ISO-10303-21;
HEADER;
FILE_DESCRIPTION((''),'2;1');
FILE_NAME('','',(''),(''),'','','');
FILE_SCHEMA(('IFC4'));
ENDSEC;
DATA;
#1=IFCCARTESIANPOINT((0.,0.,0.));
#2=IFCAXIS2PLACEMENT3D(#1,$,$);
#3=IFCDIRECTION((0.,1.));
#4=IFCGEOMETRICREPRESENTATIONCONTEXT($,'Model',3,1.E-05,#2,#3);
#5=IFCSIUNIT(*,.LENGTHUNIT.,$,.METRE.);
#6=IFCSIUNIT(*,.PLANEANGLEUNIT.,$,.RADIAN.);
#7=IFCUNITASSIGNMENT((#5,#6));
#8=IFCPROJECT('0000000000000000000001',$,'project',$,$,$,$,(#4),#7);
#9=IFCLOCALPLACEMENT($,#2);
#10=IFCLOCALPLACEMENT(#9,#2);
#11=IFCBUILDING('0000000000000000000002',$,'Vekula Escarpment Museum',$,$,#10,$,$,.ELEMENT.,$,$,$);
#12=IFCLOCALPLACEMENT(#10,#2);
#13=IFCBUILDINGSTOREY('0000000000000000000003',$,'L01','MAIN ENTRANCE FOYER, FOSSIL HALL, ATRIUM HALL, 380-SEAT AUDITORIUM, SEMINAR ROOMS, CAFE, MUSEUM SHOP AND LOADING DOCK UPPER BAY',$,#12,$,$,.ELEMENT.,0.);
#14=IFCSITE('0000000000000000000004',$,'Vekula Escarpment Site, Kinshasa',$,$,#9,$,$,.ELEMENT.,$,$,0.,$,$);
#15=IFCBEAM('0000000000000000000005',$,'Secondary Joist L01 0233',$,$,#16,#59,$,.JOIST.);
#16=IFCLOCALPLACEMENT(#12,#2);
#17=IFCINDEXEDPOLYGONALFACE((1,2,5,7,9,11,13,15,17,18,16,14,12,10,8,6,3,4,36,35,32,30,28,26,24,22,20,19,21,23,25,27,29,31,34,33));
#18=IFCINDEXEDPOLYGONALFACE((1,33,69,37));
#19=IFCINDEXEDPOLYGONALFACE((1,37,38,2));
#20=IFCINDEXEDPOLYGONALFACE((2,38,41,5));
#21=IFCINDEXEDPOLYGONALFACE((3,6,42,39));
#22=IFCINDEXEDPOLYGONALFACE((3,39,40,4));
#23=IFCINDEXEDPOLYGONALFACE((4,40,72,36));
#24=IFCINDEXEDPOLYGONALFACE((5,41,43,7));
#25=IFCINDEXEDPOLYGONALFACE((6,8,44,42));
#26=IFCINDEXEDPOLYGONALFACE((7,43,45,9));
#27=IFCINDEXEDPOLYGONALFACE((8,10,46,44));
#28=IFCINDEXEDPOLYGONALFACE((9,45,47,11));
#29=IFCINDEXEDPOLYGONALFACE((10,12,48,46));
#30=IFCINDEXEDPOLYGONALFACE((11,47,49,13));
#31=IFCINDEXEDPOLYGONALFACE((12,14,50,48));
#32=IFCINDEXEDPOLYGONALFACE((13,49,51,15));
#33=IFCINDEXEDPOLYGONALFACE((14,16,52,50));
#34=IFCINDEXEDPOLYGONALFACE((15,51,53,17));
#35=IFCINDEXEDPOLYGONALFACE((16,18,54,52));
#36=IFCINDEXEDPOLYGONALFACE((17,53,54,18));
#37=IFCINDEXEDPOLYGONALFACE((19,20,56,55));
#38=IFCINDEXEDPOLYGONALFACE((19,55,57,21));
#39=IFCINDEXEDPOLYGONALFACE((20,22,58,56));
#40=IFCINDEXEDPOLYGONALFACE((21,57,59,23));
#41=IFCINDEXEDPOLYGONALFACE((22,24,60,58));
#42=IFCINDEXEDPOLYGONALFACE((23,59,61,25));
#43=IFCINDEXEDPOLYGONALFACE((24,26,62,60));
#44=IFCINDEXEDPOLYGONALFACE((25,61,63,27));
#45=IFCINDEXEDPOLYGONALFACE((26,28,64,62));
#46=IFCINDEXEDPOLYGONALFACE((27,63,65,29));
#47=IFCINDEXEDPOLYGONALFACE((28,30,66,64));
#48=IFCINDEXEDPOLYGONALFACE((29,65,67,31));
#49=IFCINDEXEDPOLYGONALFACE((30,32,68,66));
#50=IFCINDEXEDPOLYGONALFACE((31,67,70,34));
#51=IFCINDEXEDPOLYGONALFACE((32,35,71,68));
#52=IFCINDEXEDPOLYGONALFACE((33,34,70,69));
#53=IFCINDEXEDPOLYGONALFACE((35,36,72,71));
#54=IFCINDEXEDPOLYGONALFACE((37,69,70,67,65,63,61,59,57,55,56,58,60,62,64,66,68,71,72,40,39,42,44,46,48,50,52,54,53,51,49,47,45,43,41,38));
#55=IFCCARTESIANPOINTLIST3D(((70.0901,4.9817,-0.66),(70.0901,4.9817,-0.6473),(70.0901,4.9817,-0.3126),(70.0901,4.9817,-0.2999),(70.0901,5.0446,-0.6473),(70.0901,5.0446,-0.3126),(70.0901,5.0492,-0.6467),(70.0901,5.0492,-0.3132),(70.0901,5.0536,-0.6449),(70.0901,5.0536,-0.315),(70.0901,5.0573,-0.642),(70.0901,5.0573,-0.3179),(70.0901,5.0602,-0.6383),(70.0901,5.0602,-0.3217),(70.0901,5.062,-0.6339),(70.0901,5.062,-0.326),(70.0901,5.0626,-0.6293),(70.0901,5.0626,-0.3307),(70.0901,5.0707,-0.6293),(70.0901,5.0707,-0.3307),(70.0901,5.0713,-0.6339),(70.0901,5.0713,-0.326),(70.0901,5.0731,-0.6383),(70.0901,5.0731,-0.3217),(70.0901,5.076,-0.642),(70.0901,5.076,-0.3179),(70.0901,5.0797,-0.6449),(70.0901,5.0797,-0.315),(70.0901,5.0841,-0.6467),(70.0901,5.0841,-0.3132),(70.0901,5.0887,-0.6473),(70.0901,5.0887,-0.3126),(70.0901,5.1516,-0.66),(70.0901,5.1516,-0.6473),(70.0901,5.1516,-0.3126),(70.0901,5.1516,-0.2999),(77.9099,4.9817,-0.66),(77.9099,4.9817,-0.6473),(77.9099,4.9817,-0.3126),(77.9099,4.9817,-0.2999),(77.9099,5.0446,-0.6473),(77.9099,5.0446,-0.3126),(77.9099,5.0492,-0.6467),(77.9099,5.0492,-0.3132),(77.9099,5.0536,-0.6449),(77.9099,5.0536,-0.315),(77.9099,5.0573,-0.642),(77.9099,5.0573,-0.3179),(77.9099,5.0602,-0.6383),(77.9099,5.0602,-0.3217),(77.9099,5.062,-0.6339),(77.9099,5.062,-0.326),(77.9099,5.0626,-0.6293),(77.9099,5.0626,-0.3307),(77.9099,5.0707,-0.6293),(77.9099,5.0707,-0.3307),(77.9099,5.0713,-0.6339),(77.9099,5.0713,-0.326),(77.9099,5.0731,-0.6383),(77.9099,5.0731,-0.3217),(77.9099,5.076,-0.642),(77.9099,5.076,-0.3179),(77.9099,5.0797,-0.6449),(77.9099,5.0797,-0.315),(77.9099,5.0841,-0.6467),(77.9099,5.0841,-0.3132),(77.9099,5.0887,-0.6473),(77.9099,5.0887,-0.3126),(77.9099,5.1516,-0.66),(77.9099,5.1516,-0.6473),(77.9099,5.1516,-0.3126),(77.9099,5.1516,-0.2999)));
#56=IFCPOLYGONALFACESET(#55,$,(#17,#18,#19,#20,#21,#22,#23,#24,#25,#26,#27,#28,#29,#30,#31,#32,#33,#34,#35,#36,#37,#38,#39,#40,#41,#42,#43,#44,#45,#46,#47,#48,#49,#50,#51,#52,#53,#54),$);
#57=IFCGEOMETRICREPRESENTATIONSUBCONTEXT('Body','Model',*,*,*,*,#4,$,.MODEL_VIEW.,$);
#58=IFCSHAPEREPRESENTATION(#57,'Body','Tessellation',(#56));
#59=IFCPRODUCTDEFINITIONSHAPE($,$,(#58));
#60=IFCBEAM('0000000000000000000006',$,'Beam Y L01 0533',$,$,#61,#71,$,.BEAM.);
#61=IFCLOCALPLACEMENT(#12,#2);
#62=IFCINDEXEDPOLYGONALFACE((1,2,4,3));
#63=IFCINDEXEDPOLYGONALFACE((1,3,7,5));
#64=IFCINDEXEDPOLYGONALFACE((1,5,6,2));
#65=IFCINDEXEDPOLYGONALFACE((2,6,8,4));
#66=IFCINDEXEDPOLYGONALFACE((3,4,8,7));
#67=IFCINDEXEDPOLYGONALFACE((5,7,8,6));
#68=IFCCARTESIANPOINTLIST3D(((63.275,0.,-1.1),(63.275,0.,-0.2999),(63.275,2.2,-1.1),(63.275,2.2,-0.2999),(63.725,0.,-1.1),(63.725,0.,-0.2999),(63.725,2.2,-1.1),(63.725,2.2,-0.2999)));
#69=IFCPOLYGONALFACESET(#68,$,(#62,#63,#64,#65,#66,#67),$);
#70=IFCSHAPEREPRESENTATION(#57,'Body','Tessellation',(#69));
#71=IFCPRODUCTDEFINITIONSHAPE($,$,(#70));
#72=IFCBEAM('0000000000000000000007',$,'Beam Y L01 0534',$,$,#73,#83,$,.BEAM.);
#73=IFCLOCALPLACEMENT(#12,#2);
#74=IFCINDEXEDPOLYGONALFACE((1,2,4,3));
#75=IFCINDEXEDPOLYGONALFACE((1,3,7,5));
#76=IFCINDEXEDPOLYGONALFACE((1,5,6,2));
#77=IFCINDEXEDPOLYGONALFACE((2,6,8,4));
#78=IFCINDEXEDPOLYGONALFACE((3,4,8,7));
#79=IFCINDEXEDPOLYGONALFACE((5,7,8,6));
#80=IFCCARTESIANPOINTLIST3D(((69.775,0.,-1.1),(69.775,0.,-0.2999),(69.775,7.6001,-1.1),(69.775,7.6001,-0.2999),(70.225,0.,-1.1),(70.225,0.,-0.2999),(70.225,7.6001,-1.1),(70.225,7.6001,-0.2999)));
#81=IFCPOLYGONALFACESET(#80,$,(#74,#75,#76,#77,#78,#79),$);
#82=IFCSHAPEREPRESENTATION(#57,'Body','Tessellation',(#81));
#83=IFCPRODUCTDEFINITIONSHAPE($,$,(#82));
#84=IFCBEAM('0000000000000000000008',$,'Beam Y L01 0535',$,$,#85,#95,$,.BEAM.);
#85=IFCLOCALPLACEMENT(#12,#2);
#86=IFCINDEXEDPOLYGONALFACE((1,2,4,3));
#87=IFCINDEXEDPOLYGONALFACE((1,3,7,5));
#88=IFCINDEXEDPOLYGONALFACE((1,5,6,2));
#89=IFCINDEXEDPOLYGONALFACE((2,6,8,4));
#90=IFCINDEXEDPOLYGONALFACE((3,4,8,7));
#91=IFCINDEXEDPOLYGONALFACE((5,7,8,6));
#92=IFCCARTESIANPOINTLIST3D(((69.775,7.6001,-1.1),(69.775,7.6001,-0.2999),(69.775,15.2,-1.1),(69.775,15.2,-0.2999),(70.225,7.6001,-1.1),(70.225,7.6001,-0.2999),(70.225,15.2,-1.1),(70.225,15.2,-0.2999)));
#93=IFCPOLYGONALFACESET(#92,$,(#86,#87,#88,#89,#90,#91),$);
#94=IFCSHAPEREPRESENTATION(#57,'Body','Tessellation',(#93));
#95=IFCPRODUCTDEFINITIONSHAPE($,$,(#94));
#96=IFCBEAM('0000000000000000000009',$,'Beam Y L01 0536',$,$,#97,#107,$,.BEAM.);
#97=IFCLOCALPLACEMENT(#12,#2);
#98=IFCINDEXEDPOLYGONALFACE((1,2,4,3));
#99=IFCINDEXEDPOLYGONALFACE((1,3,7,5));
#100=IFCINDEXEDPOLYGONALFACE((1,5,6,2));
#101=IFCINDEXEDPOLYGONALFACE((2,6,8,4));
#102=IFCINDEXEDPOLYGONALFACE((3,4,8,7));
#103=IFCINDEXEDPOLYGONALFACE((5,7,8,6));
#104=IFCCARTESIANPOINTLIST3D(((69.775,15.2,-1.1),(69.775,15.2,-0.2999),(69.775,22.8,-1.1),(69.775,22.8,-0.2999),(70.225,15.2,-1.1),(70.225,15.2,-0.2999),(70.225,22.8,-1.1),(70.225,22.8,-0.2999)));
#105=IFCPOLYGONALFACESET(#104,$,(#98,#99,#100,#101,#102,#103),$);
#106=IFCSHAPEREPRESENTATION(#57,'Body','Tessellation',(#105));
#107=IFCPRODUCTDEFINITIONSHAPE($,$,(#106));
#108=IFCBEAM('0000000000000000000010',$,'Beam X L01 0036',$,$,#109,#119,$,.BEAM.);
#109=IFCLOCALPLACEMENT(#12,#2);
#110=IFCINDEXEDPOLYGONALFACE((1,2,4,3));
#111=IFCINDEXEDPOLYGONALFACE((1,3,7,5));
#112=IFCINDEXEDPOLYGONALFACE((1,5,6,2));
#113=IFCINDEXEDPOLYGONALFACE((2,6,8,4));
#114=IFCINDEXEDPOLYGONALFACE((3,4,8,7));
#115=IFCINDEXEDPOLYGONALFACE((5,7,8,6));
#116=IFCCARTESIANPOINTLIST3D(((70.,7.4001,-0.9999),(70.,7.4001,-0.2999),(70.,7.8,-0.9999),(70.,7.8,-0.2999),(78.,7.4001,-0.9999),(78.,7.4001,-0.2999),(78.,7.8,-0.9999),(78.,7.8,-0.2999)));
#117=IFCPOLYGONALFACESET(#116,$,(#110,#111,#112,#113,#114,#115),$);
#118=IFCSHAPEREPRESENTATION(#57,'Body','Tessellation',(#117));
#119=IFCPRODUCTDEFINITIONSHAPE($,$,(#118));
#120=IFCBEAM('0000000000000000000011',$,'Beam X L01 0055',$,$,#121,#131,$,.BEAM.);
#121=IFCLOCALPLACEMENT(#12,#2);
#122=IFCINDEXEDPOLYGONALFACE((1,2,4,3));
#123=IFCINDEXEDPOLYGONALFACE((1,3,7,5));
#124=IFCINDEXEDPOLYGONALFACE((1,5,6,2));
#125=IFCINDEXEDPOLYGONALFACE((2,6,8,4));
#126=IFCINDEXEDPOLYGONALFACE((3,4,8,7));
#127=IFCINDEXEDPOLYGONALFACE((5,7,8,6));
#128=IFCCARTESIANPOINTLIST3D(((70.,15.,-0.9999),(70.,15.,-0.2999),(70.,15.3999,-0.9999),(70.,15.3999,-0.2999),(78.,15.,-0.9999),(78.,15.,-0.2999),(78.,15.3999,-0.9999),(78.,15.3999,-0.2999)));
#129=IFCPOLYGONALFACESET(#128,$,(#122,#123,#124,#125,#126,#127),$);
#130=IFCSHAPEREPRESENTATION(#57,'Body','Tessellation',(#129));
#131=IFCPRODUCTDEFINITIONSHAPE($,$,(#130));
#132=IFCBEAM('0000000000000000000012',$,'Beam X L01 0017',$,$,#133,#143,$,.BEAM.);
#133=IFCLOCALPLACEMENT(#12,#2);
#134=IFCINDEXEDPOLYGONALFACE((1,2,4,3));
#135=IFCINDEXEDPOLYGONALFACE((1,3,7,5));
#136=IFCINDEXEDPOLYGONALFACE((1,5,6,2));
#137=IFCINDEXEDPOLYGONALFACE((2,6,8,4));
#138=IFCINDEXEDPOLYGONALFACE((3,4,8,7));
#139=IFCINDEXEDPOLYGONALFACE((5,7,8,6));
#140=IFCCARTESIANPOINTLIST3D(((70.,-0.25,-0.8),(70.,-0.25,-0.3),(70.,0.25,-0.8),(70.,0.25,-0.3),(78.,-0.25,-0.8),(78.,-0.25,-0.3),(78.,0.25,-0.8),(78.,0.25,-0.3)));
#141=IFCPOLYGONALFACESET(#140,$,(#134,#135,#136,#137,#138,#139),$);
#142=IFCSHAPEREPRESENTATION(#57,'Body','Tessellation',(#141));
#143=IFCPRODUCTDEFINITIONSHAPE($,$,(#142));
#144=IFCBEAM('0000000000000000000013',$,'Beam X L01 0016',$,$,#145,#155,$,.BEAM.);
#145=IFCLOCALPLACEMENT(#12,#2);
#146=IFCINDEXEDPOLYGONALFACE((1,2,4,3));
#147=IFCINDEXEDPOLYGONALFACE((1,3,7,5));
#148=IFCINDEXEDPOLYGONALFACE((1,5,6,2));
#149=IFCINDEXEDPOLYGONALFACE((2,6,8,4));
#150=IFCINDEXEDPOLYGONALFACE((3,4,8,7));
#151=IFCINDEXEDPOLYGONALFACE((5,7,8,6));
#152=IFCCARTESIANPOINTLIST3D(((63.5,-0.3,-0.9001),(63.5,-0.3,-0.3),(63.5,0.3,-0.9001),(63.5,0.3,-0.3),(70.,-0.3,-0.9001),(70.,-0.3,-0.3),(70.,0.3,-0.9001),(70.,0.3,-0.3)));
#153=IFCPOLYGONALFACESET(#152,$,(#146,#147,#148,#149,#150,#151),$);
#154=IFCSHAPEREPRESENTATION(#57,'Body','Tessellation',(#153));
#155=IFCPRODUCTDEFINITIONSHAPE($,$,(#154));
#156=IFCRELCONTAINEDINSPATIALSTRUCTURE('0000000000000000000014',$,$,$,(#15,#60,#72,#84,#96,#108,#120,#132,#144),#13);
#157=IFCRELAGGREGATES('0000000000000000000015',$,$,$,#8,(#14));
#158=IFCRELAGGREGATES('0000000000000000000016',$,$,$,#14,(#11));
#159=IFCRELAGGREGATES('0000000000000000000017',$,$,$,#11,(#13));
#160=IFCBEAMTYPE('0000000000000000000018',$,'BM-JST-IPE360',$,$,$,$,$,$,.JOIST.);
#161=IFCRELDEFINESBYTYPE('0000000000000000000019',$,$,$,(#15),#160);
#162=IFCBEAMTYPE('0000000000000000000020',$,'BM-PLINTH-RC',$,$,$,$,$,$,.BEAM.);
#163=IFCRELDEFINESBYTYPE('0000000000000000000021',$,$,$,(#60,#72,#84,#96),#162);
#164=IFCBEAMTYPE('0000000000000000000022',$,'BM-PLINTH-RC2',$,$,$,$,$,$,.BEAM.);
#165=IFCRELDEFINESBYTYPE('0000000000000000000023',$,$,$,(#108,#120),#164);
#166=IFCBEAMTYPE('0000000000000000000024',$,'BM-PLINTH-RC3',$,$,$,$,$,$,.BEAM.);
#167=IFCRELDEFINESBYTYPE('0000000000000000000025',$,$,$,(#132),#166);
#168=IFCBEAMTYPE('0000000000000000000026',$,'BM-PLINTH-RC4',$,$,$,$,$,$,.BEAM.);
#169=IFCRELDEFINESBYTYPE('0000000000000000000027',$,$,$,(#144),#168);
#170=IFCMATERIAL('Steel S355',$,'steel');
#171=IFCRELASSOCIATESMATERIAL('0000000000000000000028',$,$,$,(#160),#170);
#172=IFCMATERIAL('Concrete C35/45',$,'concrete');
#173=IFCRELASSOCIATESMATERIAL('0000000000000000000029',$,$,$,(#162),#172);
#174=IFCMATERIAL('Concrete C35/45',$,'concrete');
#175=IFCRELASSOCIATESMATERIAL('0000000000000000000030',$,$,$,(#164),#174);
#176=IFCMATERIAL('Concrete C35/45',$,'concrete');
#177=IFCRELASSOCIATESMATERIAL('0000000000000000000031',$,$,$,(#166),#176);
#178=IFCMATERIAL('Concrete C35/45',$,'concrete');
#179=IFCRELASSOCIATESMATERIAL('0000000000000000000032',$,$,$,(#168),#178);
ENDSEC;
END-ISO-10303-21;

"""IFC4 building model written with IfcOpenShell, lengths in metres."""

from ifc_helpers import new_model, si_unit, direction, frame, origin, origin_2d, place, context, subcontext, project, spatial, rectangle, i_section, extrude, material, material_profile, profile_set, type_object, element, save


model = new_model("IFC4")

# Units and contexts
model_context = context("Model", 3, precision=1e-05, world=origin(), true_north=direction((0.0, 1.0)))
body_context = subcontext(model_context, "Body", "Model", "MODEL_VIEW")
ifc_project = project(units=[si_unit("LENGTHUNIT", "METRE"), si_unit("PLANEANGLEUNIT", "RADIAN")], contexts=[model_context])

# Site, building, storey
site_placement = place(None, origin())
site = spatial("IfcSite", under=ifc_project, at=site_placement, Name="Vekula Escarpment Site, Kinshasa", CompositionType="ELEMENT", RefElevation=0.0)
building_placement = place(site_placement, origin())
building = spatial("IfcBuilding", under=site, at=building_placement, Name="Vekula Escarpment Museum", CompositionType="ELEMENT")
storey_placement = place(building_placement, origin())
storey = spatial("IfcBuildingStorey", under=building, at=storey_placement, Name="L01", Description="MAIN ENTRANCE FOYER, FOSSIL HALL, ATRIUM HALL, 380-SEAT AUDITORIUM, SEMINAR ROOMS, CAFE, MUSEUM SHOP AND LOADING DOCK UPPER BAY", CompositionType="ELEMENT", Elevation=0.0)

# Beams
ifc_material_1 = material(Name="Steel S355", Category="steel")
ifc_material_profile_1 = material_profile(ifc_material_1, i_section(OverallWidth=0.1699, OverallDepth=0.3601, WebThickness=0.0081, FlangeThickness=0.0127, FilletRadius=0.0181, at=origin_2d()), Name="IPE 360")
ifc_profile_set_1 = profile_set([ifc_material_profile_1], Name="Steel S355")
beam_type_1 = type_object("IfcBeamType", Name="BM-JST-IPE360", PredefinedType="JOIST", material=ifc_profile_set_1)
for number, where, z_axis, x_axis, name in (
    (1, (70.0901, 5.0667, -0.48), (1.0, 0.0, 0.0), (0.0, 1.0, 0.0), "Secondary Joist L01 0233"),
):
    element("IfcBeam", number, at=place(storey_placement, frame(where, z_axis=z_axis, x_axis=x_axis)), inside=storey, type_object=beam_type_1, Name=name, PredefinedType="JOIST", context=body_context, shape_type="SweptSolid", body=[
        extrude(i_section(OverallWidth=0.1699, OverallDepth=0.3601, WebThickness=0.0081, FlangeThickness=0.0127, FilletRadius=0.0181, at=origin_2d()), origin(), (0.0, 0.0, 1.0), 7.8198),
    ])
ifc_material_2 = material(Name="Concrete C35/45", Category="concrete")
ifc_material_profile_2 = material_profile(ifc_material_2, rectangle(XDim=0.45, YDim=0.8, at=origin_2d()), Name="RC 450x800")
ifc_profile_set_2 = profile_set([ifc_material_profile_2], Name="Concrete C35/45")
beam_type_2 = type_object("IfcBeamType", Name="BM-PLINTH-RC", PredefinedType="BEAM", material=ifc_profile_set_2)
beam_1_placement = place(storey_placement, frame((63.5, 0.0, -0.7), z_axis=(0.0, 1.0, 0.0), x_axis=(-1.0, 0.0, 0.0)))
element("IfcBeam", 2, at=beam_1_placement, inside=storey, type_object=beam_type_2, Name="Beam Y L01 0533", PredefinedType="BEAM", context=body_context, shape_type="SweptSolid", body=[
    extrude(rectangle(XDim=0.45, YDim=0.8, at=origin_2d()), origin(), (0.0, 0.0, 1.0), 2.2),
])
beam_2_placement = place(storey_placement, frame((70.0, 0.0, -0.7), z_axis=(0.0, 1.0, 0.0), x_axis=(-1.0, 0.0, 0.0)))
element("IfcBeam", 3, at=beam_2_placement, inside=storey, type_object=beam_type_2, Name="Beam Y L01 0534", PredefinedType="BEAM", context=body_context, shape_type="SweptSolid", body=[
    extrude(rectangle(XDim=0.45, YDim=0.8, at=origin_2d()), origin(), (0.0, 0.0, 1.0), 7.6001),
])
beam_3_placement = place(storey_placement, frame((70.0, 7.6001, -0.7), z_axis=(0.0, 1.0, 0.0), x_axis=(-1.0, 0.0, 0.0)))
element("IfcBeam", 4, at=beam_3_placement, inside=storey, type_object=beam_type_2, Name="Beam Y L01 0535", PredefinedType="BEAM", context=body_context, shape_type="SweptSolid", body=[
    extrude(rectangle(XDim=0.45, YDim=0.8, at=origin_2d()), origin(), (0.0, 0.0, 1.0), 7.5999),
])
beam_4_placement = place(storey_placement, frame((70.0, 15.2, -0.7), z_axis=(0.0, 1.0, 0.0), x_axis=(-1.0, 0.0, 0.0)))
element("IfcBeam", 5, at=beam_4_placement, inside=storey, type_object=beam_type_2, Name="Beam Y L01 0536", PredefinedType="BEAM", context=body_context, shape_type="SweptSolid", body=[
    extrude(rectangle(XDim=0.45, YDim=0.8, at=origin_2d()), origin(), (0.0, 0.0, 1.0), 7.6001),
])
ifc_material_3 = material(Name="Concrete C35/45", Category="concrete")
ifc_material_profile_3 = material_profile(ifc_material_3, rectangle(XDim=0.3999, YDim=0.7, at=origin_2d()), Name="RC 400x700")
ifc_profile_set_3 = profile_set([ifc_material_profile_3], Name="Concrete C35/45")
beam_type_3 = type_object("IfcBeamType", Name="BM-PLINTH-RC2", PredefinedType="BEAM", material=ifc_profile_set_3)
for number, where, z_axis, x_axis, name in (
    (6, (70.0, 7.6001, -0.6499), (1.0, 0.0, 0.0), (0.0, 1.0, 0.0), "Beam X L01 0036"),
    (7, (70.0, 15.2, -0.6499), (1.0, 0.0, 0.0), (0.0, 1.0, 0.0), "Beam X L01 0055"),
):
    element("IfcBeam", number, at=place(storey_placement, frame(where, z_axis=z_axis, x_axis=x_axis)), inside=storey, type_object=beam_type_3, Name=name, PredefinedType="BEAM", context=body_context, shape_type="SweptSolid", body=[
        extrude(rectangle(XDim=0.3999, YDim=0.7, at=origin_2d()), origin(), (0.0, 0.0, 1.0), 8.0),
    ])
ifc_material_4 = material(Name="Concrete C35/45", Category="concrete")
ifc_material_profile_4 = material_profile(ifc_material_4, rectangle(XDim=0.5, YDim=0.5, at=origin_2d()), Name="RC 500x500")
ifc_profile_set_4 = profile_set([ifc_material_profile_4], Name="Concrete C35/45")
beam_type_4 = type_object("IfcBeamType", Name="BM-PLINTH-RC3", PredefinedType="BEAM", material=ifc_profile_set_4)
beam_5_placement = place(storey_placement, frame((70.0, 0.0, -0.55), z_axis=(1.0, 0.0, 0.0), x_axis=(0.0, 1.0, 0.0)))
element("IfcBeam", 8, at=beam_5_placement, inside=storey, type_object=beam_type_4, Name="Beam X L01 0017", PredefinedType="BEAM", context=body_context, shape_type="SweptSolid", body=[
    extrude(rectangle(XDim=0.5, YDim=0.5, at=origin_2d()), origin(), (0.0, 0.0, 1.0), 8.0),
])
ifc_material_5 = material(Name="Concrete C35/45", Category="concrete")
ifc_material_profile_5 = material_profile(ifc_material_5, rectangle(XDim=0.6001, YDim=0.6001, at=origin_2d()), Name="RC 600x600")
ifc_profile_set_5 = profile_set([ifc_material_profile_5], Name="Concrete C35/45")
beam_type_5 = type_object("IfcBeamType", Name="BM-PLINTH-RC4", PredefinedType="BEAM", material=ifc_profile_set_5)
beam_6_placement = place(storey_placement, frame((63.5, 0.0, -0.6001), z_axis=(1.0, 0.0, 0.0), x_axis=(0.0, 1.0, 0.0)))
element("IfcBeam", 9, at=beam_6_placement, inside=storey, type_object=beam_type_5, Name="Beam X L01 0016", PredefinedType="BEAM", context=body_context, shape_type="SweptSolid", body=[
    extrude(rectangle(XDim=0.6001, YDim=0.6001, at=origin_2d()), origin(), (0.0, 0.0, 1.0), 6.5),
])

save(model, "model.ifc")
